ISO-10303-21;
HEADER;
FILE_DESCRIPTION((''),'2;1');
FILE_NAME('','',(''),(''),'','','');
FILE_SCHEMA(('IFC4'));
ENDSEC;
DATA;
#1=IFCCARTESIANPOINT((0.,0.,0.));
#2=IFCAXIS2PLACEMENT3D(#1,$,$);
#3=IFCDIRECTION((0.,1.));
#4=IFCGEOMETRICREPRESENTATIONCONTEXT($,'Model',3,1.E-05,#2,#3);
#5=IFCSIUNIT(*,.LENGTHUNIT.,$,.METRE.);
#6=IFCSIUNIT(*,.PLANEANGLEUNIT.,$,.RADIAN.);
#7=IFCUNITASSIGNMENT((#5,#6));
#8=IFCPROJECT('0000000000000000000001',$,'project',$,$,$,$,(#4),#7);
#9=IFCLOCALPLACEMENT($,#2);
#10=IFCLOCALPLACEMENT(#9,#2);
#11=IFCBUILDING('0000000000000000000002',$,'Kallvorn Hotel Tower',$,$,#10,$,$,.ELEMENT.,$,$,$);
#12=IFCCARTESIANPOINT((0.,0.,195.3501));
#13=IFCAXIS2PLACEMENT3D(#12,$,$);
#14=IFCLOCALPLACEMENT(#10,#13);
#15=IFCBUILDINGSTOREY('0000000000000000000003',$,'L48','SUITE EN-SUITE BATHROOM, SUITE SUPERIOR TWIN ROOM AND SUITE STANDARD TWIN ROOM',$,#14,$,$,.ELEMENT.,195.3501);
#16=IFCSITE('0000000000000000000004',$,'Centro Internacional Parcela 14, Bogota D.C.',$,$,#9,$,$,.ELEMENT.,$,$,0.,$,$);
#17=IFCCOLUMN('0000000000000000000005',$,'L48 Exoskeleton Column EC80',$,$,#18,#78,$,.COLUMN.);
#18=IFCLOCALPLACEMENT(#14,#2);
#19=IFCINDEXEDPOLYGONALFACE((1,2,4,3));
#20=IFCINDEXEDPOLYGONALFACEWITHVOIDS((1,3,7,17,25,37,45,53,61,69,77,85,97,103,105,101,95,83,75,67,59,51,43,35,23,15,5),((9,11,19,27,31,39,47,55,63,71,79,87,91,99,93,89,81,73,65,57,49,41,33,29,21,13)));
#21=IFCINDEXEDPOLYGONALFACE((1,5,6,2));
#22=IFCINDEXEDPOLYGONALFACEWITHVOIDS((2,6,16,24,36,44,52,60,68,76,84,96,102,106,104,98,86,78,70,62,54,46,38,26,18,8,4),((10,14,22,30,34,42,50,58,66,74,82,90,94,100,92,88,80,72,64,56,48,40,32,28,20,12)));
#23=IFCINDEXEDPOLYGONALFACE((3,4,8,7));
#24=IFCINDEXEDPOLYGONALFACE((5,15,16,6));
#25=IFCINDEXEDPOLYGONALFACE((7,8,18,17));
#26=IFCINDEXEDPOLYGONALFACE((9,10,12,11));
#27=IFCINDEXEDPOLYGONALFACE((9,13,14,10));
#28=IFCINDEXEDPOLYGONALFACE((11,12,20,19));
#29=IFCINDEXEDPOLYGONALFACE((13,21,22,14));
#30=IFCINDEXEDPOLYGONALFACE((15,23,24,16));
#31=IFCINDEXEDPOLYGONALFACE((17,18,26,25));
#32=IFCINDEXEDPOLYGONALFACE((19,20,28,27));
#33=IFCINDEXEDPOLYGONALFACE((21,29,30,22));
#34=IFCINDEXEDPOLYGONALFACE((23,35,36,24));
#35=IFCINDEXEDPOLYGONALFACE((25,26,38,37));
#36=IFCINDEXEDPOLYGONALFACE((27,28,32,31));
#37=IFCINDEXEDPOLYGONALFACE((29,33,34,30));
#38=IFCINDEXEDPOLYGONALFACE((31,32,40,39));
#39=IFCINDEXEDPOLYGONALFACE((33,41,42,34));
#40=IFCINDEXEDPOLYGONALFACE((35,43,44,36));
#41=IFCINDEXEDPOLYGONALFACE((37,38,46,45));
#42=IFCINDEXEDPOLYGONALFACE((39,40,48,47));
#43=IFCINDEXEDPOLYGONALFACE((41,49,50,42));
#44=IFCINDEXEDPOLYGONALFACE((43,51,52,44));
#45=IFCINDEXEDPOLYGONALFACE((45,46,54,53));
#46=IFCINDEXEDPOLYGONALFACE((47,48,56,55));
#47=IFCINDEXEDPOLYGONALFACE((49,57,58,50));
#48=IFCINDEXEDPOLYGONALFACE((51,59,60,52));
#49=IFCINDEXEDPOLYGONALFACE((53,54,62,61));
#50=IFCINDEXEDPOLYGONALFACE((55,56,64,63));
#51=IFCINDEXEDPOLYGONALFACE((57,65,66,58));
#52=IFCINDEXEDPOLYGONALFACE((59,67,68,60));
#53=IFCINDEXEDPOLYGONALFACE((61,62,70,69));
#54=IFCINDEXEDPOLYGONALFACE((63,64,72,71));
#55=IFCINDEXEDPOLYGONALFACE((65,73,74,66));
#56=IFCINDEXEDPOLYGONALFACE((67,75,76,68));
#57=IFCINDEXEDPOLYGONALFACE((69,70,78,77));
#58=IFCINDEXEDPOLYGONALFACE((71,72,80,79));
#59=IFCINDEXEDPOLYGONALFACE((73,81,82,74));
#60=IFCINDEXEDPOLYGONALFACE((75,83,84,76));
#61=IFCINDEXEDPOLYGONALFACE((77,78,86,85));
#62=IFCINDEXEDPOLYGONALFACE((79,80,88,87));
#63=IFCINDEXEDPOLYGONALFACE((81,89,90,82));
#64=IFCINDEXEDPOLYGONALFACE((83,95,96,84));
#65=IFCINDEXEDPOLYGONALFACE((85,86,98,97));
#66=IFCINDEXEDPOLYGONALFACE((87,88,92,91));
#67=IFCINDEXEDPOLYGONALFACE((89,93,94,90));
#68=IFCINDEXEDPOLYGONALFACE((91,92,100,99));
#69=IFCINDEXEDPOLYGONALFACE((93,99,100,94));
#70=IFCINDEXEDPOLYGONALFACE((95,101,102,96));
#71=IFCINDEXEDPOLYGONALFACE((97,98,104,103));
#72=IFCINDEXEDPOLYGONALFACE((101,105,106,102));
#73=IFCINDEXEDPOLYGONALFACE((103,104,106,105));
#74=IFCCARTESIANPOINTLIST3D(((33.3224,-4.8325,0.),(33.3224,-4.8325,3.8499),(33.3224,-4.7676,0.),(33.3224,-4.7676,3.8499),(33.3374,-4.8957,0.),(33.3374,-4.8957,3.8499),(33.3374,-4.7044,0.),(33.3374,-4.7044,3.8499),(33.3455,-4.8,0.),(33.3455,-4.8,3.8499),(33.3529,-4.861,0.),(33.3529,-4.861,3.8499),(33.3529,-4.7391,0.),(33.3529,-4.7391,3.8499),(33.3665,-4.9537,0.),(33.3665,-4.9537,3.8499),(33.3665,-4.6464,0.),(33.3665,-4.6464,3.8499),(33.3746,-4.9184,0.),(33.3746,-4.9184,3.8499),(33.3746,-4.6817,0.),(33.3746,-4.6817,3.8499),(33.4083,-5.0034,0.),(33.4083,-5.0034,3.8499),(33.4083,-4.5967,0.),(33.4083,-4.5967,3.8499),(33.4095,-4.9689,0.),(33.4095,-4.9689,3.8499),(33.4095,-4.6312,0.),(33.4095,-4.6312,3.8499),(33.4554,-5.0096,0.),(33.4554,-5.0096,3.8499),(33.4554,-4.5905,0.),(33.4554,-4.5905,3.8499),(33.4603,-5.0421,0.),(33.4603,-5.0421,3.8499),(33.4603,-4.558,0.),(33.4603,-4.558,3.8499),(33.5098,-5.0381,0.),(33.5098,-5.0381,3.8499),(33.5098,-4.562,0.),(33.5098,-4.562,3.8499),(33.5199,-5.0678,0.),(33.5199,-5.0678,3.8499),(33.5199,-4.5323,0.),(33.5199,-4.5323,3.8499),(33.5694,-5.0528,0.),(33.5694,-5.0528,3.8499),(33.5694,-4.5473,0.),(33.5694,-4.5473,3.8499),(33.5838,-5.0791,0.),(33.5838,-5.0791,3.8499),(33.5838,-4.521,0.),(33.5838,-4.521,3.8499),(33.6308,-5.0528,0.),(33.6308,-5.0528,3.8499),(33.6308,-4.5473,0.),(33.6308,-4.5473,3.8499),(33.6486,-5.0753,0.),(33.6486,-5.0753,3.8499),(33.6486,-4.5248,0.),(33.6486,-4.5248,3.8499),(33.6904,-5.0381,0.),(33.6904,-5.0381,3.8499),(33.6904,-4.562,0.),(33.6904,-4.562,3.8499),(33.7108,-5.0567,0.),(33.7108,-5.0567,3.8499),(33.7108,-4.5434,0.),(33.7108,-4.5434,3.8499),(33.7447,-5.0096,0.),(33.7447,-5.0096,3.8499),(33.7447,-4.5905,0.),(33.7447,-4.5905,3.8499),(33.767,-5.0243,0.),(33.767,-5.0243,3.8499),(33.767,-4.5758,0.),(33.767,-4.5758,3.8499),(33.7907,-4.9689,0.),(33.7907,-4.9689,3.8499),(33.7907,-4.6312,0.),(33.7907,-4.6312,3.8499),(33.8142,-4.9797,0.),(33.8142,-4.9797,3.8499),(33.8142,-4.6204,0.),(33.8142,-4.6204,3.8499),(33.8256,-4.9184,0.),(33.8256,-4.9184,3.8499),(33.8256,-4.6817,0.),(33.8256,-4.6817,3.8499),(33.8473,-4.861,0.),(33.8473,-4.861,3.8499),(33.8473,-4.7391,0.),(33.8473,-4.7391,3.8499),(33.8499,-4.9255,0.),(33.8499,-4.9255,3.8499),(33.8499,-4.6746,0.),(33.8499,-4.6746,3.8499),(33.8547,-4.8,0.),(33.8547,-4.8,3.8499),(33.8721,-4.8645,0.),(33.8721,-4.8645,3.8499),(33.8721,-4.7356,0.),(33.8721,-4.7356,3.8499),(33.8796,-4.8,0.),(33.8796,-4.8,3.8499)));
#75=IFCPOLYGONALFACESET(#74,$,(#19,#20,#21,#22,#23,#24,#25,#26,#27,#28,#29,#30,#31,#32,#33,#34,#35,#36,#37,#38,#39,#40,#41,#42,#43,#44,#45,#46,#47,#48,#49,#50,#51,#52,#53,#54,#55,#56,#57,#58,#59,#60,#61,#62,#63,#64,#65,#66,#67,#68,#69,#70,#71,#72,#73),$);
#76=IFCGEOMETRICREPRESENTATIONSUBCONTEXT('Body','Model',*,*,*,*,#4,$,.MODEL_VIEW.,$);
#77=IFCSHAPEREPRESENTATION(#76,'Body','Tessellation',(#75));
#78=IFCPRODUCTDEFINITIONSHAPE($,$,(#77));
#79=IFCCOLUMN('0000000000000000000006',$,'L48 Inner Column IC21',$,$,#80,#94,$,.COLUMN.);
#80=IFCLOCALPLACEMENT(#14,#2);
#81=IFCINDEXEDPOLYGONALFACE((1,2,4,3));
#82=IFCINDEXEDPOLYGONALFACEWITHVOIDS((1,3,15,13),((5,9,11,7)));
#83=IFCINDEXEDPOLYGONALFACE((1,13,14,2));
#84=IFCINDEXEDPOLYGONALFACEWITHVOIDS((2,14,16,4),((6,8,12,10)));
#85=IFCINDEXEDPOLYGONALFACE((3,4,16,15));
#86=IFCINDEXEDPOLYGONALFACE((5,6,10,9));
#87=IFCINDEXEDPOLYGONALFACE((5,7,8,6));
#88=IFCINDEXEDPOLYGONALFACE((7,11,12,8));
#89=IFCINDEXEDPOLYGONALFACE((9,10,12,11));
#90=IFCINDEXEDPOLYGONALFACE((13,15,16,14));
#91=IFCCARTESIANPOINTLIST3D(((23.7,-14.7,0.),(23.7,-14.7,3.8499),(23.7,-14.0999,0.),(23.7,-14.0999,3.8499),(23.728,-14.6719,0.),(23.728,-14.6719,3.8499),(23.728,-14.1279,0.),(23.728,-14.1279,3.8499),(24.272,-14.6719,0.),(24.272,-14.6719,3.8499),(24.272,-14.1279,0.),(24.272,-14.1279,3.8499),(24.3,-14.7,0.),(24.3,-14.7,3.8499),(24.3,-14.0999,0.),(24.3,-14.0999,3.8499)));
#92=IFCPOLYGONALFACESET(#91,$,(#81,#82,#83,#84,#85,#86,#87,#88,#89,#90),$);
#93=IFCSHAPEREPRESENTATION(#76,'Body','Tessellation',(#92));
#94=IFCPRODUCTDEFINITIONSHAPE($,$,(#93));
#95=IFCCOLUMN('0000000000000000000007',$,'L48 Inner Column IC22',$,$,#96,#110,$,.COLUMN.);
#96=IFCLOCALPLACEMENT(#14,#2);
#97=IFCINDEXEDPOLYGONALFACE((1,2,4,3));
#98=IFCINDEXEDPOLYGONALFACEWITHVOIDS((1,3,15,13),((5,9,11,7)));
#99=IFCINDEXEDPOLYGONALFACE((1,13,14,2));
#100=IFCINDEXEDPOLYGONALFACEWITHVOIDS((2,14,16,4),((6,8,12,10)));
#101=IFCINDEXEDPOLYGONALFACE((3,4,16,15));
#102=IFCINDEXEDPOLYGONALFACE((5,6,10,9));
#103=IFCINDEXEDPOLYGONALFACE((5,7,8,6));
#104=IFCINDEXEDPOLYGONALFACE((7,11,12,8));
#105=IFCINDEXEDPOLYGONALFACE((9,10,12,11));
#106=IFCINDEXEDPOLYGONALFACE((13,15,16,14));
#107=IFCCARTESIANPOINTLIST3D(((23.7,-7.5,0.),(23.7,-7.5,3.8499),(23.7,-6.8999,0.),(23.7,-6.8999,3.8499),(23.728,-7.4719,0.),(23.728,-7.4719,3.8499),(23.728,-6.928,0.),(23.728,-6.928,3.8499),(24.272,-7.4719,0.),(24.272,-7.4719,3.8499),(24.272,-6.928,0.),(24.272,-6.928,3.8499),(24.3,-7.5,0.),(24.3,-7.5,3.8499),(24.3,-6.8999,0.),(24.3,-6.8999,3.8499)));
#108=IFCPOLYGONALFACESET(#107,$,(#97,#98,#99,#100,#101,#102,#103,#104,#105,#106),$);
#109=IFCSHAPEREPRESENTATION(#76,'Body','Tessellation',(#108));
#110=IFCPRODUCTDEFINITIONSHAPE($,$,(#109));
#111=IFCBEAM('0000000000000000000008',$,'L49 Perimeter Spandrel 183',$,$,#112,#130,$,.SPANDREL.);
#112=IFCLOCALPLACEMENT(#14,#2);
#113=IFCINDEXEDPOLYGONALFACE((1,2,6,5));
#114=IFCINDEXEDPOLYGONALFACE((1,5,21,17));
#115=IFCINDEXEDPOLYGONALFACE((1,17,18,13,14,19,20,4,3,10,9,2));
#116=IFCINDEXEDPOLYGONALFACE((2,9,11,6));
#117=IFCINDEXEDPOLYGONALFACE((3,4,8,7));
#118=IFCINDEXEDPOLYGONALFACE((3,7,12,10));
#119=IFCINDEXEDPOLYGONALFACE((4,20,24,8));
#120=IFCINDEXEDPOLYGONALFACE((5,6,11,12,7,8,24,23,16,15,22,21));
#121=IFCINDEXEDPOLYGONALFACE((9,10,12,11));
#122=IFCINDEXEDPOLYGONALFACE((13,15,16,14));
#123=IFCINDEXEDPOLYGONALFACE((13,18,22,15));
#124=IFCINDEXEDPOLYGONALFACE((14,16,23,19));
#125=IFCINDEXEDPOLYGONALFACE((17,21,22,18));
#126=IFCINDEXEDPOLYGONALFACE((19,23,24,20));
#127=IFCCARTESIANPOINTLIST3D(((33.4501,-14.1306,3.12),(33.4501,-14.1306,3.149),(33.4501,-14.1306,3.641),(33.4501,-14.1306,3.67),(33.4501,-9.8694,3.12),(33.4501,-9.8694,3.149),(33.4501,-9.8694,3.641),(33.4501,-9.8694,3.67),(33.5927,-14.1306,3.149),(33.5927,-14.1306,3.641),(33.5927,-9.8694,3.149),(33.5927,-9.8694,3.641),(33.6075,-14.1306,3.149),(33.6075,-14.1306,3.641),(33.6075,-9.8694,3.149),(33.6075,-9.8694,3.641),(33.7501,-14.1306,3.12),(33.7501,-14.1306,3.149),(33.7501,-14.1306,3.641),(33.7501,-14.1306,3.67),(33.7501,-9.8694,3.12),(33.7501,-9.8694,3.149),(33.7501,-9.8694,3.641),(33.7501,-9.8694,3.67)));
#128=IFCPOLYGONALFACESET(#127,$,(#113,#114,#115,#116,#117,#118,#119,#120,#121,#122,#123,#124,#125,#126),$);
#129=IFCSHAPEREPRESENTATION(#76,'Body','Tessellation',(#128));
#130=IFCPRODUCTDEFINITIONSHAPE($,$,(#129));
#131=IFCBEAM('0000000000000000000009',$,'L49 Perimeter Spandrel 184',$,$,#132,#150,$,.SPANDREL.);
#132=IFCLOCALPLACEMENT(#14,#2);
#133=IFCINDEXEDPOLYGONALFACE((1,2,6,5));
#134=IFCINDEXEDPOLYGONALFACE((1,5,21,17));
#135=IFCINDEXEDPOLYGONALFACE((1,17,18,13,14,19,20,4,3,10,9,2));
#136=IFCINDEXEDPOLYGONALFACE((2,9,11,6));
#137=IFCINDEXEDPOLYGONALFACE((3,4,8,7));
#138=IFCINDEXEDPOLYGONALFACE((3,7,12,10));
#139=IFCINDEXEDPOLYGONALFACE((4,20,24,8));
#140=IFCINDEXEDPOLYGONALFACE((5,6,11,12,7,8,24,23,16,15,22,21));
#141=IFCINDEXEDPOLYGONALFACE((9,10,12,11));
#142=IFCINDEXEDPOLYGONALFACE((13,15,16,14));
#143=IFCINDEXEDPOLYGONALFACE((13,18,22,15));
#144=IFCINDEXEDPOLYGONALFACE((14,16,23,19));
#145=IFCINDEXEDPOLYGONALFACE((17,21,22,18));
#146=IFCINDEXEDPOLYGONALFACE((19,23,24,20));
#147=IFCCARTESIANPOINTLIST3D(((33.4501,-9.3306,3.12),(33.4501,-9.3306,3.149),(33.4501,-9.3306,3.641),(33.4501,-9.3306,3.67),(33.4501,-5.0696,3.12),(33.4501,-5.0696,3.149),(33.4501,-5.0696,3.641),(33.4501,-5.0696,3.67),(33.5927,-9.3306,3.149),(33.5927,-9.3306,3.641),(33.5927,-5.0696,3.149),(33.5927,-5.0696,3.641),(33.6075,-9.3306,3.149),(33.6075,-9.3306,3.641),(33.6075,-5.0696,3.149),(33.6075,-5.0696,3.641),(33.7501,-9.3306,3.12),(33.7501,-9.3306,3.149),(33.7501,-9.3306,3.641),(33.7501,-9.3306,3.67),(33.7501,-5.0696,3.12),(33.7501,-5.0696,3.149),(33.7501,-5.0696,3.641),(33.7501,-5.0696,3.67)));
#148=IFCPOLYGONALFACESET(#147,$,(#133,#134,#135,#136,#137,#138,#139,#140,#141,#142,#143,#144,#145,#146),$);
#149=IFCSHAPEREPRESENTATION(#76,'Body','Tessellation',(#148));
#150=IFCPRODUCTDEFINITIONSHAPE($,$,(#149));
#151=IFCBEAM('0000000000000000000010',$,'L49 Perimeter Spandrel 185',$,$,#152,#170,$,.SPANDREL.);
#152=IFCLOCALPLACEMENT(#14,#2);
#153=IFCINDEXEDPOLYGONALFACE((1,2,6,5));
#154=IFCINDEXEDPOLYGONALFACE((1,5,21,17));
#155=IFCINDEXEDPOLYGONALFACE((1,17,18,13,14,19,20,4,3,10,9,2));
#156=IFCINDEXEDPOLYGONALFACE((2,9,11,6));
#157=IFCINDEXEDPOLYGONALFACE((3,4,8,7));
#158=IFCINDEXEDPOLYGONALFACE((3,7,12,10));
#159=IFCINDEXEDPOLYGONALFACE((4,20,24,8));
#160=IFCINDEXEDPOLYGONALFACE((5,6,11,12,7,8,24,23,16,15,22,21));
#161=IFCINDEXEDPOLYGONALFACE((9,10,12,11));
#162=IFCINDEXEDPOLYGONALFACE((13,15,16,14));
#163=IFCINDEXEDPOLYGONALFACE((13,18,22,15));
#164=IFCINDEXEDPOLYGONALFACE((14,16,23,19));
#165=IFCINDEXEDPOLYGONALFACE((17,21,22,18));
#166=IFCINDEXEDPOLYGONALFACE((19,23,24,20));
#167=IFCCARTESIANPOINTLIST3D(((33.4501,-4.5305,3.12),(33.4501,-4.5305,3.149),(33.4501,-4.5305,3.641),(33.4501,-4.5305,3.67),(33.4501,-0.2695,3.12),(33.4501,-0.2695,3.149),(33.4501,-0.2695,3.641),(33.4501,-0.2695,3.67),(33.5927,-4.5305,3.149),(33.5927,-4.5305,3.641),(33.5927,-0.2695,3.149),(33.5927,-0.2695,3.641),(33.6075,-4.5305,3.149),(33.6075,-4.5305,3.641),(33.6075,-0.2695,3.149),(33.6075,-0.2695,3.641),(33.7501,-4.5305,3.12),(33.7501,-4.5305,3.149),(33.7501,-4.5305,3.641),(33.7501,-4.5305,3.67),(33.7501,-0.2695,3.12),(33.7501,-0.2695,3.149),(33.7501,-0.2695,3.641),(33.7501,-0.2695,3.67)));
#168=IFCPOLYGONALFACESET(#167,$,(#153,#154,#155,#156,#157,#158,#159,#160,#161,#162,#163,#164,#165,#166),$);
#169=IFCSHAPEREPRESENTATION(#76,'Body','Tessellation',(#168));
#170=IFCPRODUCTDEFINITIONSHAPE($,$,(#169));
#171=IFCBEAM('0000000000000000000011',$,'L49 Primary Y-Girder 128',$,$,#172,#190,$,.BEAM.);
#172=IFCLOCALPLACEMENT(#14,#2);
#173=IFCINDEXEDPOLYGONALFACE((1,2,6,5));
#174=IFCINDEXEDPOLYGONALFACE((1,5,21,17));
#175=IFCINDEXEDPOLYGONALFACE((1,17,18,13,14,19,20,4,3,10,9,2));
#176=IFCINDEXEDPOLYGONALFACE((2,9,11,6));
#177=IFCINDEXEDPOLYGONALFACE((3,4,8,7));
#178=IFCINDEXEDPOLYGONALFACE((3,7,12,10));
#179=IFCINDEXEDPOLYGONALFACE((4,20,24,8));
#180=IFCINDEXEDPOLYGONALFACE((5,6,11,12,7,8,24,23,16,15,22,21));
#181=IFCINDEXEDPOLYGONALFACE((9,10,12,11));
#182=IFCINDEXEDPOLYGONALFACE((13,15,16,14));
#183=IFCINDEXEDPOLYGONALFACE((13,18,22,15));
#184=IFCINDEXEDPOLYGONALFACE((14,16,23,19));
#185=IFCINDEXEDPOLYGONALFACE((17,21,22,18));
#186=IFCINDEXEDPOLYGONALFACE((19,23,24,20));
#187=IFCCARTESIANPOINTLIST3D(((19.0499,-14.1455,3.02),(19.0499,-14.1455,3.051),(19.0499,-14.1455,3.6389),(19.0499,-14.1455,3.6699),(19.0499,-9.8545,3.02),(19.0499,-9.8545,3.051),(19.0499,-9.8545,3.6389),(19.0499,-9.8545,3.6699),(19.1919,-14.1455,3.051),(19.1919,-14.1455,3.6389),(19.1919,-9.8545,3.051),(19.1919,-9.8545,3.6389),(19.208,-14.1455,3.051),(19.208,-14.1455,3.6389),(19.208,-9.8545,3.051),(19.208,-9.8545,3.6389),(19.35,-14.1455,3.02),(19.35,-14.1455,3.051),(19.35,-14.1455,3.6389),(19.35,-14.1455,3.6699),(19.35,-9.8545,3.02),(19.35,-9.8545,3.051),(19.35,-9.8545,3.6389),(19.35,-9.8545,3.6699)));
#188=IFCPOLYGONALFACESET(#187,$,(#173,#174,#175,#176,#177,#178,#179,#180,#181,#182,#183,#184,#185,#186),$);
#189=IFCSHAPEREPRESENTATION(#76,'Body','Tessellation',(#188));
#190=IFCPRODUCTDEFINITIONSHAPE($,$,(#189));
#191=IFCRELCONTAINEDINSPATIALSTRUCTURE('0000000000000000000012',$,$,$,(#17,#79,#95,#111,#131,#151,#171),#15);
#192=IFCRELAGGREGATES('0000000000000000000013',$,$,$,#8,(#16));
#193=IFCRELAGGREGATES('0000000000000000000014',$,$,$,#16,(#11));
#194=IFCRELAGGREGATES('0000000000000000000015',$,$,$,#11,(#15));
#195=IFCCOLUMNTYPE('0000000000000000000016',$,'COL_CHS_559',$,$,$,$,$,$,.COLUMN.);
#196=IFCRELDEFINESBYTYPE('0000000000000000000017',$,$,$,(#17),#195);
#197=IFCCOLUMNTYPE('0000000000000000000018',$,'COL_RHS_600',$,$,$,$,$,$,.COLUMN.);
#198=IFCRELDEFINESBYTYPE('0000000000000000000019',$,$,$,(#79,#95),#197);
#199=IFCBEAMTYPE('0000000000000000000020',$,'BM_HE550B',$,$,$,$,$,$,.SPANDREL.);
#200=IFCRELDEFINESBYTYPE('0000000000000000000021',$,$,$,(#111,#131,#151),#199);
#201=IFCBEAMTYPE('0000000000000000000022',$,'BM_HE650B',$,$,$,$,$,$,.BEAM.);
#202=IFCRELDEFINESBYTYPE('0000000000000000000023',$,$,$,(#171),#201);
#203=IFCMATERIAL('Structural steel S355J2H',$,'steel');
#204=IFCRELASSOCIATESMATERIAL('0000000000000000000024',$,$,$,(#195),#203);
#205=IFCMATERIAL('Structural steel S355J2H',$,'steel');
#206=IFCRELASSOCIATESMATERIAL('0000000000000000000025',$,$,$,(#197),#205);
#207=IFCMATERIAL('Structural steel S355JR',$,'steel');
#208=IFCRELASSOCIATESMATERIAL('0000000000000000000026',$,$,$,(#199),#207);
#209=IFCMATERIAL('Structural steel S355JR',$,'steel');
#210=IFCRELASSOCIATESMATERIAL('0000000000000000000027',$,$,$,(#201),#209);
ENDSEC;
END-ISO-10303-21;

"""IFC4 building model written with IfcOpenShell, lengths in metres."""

from ifc_helpers import new_model, si_unit, direction, frame, origin, origin_2d, place, context, subcontext, project, spatial, hollow_rectangle, hollow_circle, i_section, extrude, material, material_profile, profile_set, type_object, element, save


model = new_model("IFC4")

# Units and contexts
model_context = context("Model", 3, precision=1e-05, world=origin(), true_north=direction((0.0, 1.0)))
body_context = subcontext(model_context, "Body", "Model", "MODEL_VIEW")
ifc_project = project(units=[si_unit("LENGTHUNIT", "METRE"), si_unit("PLANEANGLEUNIT", "RADIAN")], contexts=[model_context])

# Site, building, storey
site_placement = place(None, origin())
site = spatial("IfcSite", under=ifc_project, at=site_placement, Name="Centro Internacional Parcela 14, Bogota D.C.", CompositionType="ELEMENT", RefElevation=0.0)
building_placement = place(site_placement, origin())
building = spatial("IfcBuilding", under=site, at=building_placement, Name="Kallvorn Hotel Tower", CompositionType="ELEMENT")
storey_placement = place(building_placement, frame((0.0, 0.0, 195.3501)))
storey = spatial("IfcBuildingStorey", under=building, at=storey_placement, Name="L48", Description="SUITE EN-SUITE BATHROOM, SUITE SUPERIOR TWIN ROOM AND SUITE STANDARD TWIN ROOM", CompositionType="ELEMENT", Elevation=195.3501)

# Columns
ifc_material_1 = material(Name="Structural steel S355J2H", Category="steel")
ifc_material_profile_1 = material_profile(ifc_material_1, hollow_circle(Radius=0.2795, WallThickness=0.0249, at=origin_2d()), Name="CHS 559x25")
ifc_profile_set_1 = profile_set([ifc_material_profile_1], Name="Structural steel S355J2H")
column_type_1 = type_object("IfcColumnType", Name="COL_CHS_559", PredefinedType="COLUMN", material=ifc_profile_set_1)
for number, where, z_axis, x_axis, name in (
    (1, (33.6001, -4.8, 0.0), (0.0, 0.0, 1.0), (1.0, 0.0, 0.0), "L48 Exoskeleton Column EC80"),
):
    element("IfcColumn", number, at=place(storey_placement, frame(where, z_axis=z_axis, x_axis=x_axis)), inside=storey, type_object=column_type_1, Name=name, PredefinedType="COLUMN", context=body_context, shape_type="SweptSolid", body=[
        extrude(hollow_circle(Radius=0.2795, WallThickness=0.0249, at=origin_2d()), origin(), (0.0, 0.0, 1.0), 3.8499),
    ])
ifc_material_2 = material(Name="Structural steel S355J2H", Category="steel")
ifc_material_profile_2 = material_profile(ifc_material_2, hollow_rectangle(XDim=0.6001, YDim=0.6001, WallThickness=0.0281, at=origin_2d()), Name="RHS 600x600x28")
ifc_profile_set_2 = profile_set([ifc_material_profile_2], Name="Structural steel S355J2H")
column_type_2 = type_object("IfcColumnType", Name="COL_RHS_600", PredefinedType="COLUMN", material=ifc_profile_set_2)
for number, where, z_axis, x_axis, name in (
    (2, (24.0, -14.3999, 0.0), (0.0, 0.0, 1.0), (1.0, 0.0, 0.0), "L48 Inner Column IC21"),
    (3, (24.0, -7.2, 0.0), (0.0, 0.0, 1.0), (1.0, 0.0, 0.0), "L48 Inner Column IC22"),
):
    element("IfcColumn", number, at=place(storey_placement, frame(where, z_axis=z_axis, x_axis=x_axis)), inside=storey, type_object=column_type_2, Name=name, PredefinedType="COLUMN", context=body_context, shape_type="SweptSolid", body=[
        extrude(hollow_rectangle(XDim=0.6001, YDim=0.6001, WallThickness=0.0281, at=origin_2d()), origin(), (0.0, 0.0, 1.0), 3.8499),
    ])

# Beams
ifc_material_3 = material(Name="Structural steel S355JR", Category="steel")
ifc_material_profile_3 = material_profile(ifc_material_3, i_section(OverallWidth=0.3, OverallDepth=0.55, WebThickness=0.0149, FlangeThickness=0.0291, at=origin_2d()), Name="HE 550 B")
ifc_profile_set_3 = profile_set([ifc_material_profile_3], Name="Structural steel S355JR")
beam_type_1 = type_object("IfcBeamType", Name="BM_HE550B", PredefinedType="SPANDREL", material=ifc_profile_set_3)
beam_1_placement = place(storey_placement, frame((33.6001, -14.1306, 3.395), z_axis=(0.0, 1.0, 0.0), x_axis=(-1.0, 0.0, 0.0)))
element("IfcBeam", 4, at=beam_1_placement, inside=storey, type_object=beam_type_1, Name="L49 Perimeter Spandrel 183", PredefinedType="SPANDREL", context=body_context, shape_type="SweptSolid", body=[
    extrude(i_section(OverallWidth=0.3, OverallDepth=0.55, WebThickness=0.0149, FlangeThickness=0.0291, at=origin_2d()), origin(), (0.0, 0.0, 1.0), 4.2612),
])
for number, where, z_axis, x_axis, name in (
    (5, (33.6001, -9.3306, 3.395), (0.0, 1.0, 0.0), (-1.0, 0.0, 0.0), "L49 Perimeter Spandrel 184"),
    (6, (33.6001, -4.5305, 3.395), (0.0, 1.0, 0.0), (-1.0, 0.0, 0.0), "L49 Perimeter Spandrel 185"),
):
    element("IfcBeam", number, at=place(storey_placement, frame(where, z_axis=z_axis, x_axis=x_axis)), inside=storey, type_object=beam_type_1, Name=name, PredefinedType="SPANDREL", context=body_context, shape_type="SweptSolid", body=[
        extrude(i_section(OverallWidth=0.3, OverallDepth=0.55, WebThickness=0.0149, FlangeThickness=0.0291, at=origin_2d()), origin(), (0.0, 0.0, 1.0), 4.261),
    ])
ifc_material_4 = material(Name="Structural steel S355JR", Category="steel")
ifc_material_profile_4 = material_profile(ifc_material_4, i_section(OverallWidth=0.3, OverallDepth=0.6499, WebThickness=0.0161, FlangeThickness=0.031, at=origin_2d()), Name="HE 650 B")
ifc_profile_set_4 = profile_set([ifc_material_profile_4], Name="Structural steel S355JR")
beam_type_2 = type_object("IfcBeamType", Name="BM_HE650B", PredefinedType="BEAM", material=ifc_profile_set_4)
for number, where, z_axis, x_axis, name in (
    (7, (19.2, -14.1455, 3.345), (0.0, 1.0, 0.0), (-1.0, 0.0, 0.0), "L49 Primary Y-Girder 128"),
):
    element("IfcBeam", number, at=place(storey_placement, frame(where, z_axis=z_axis, x_axis=x_axis)), inside=storey, type_object=beam_type_2, Name=name, PredefinedType="BEAM", context=body_context, shape_type="SweptSolid", body=[
        extrude(i_section(OverallWidth=0.3, OverallDepth=0.6499, WebThickness=0.0161, FlangeThickness=0.031, at=origin_2d()), origin(), (0.0, 0.0, 1.0), 4.291),
    ])

save(model, "model.ifc")
